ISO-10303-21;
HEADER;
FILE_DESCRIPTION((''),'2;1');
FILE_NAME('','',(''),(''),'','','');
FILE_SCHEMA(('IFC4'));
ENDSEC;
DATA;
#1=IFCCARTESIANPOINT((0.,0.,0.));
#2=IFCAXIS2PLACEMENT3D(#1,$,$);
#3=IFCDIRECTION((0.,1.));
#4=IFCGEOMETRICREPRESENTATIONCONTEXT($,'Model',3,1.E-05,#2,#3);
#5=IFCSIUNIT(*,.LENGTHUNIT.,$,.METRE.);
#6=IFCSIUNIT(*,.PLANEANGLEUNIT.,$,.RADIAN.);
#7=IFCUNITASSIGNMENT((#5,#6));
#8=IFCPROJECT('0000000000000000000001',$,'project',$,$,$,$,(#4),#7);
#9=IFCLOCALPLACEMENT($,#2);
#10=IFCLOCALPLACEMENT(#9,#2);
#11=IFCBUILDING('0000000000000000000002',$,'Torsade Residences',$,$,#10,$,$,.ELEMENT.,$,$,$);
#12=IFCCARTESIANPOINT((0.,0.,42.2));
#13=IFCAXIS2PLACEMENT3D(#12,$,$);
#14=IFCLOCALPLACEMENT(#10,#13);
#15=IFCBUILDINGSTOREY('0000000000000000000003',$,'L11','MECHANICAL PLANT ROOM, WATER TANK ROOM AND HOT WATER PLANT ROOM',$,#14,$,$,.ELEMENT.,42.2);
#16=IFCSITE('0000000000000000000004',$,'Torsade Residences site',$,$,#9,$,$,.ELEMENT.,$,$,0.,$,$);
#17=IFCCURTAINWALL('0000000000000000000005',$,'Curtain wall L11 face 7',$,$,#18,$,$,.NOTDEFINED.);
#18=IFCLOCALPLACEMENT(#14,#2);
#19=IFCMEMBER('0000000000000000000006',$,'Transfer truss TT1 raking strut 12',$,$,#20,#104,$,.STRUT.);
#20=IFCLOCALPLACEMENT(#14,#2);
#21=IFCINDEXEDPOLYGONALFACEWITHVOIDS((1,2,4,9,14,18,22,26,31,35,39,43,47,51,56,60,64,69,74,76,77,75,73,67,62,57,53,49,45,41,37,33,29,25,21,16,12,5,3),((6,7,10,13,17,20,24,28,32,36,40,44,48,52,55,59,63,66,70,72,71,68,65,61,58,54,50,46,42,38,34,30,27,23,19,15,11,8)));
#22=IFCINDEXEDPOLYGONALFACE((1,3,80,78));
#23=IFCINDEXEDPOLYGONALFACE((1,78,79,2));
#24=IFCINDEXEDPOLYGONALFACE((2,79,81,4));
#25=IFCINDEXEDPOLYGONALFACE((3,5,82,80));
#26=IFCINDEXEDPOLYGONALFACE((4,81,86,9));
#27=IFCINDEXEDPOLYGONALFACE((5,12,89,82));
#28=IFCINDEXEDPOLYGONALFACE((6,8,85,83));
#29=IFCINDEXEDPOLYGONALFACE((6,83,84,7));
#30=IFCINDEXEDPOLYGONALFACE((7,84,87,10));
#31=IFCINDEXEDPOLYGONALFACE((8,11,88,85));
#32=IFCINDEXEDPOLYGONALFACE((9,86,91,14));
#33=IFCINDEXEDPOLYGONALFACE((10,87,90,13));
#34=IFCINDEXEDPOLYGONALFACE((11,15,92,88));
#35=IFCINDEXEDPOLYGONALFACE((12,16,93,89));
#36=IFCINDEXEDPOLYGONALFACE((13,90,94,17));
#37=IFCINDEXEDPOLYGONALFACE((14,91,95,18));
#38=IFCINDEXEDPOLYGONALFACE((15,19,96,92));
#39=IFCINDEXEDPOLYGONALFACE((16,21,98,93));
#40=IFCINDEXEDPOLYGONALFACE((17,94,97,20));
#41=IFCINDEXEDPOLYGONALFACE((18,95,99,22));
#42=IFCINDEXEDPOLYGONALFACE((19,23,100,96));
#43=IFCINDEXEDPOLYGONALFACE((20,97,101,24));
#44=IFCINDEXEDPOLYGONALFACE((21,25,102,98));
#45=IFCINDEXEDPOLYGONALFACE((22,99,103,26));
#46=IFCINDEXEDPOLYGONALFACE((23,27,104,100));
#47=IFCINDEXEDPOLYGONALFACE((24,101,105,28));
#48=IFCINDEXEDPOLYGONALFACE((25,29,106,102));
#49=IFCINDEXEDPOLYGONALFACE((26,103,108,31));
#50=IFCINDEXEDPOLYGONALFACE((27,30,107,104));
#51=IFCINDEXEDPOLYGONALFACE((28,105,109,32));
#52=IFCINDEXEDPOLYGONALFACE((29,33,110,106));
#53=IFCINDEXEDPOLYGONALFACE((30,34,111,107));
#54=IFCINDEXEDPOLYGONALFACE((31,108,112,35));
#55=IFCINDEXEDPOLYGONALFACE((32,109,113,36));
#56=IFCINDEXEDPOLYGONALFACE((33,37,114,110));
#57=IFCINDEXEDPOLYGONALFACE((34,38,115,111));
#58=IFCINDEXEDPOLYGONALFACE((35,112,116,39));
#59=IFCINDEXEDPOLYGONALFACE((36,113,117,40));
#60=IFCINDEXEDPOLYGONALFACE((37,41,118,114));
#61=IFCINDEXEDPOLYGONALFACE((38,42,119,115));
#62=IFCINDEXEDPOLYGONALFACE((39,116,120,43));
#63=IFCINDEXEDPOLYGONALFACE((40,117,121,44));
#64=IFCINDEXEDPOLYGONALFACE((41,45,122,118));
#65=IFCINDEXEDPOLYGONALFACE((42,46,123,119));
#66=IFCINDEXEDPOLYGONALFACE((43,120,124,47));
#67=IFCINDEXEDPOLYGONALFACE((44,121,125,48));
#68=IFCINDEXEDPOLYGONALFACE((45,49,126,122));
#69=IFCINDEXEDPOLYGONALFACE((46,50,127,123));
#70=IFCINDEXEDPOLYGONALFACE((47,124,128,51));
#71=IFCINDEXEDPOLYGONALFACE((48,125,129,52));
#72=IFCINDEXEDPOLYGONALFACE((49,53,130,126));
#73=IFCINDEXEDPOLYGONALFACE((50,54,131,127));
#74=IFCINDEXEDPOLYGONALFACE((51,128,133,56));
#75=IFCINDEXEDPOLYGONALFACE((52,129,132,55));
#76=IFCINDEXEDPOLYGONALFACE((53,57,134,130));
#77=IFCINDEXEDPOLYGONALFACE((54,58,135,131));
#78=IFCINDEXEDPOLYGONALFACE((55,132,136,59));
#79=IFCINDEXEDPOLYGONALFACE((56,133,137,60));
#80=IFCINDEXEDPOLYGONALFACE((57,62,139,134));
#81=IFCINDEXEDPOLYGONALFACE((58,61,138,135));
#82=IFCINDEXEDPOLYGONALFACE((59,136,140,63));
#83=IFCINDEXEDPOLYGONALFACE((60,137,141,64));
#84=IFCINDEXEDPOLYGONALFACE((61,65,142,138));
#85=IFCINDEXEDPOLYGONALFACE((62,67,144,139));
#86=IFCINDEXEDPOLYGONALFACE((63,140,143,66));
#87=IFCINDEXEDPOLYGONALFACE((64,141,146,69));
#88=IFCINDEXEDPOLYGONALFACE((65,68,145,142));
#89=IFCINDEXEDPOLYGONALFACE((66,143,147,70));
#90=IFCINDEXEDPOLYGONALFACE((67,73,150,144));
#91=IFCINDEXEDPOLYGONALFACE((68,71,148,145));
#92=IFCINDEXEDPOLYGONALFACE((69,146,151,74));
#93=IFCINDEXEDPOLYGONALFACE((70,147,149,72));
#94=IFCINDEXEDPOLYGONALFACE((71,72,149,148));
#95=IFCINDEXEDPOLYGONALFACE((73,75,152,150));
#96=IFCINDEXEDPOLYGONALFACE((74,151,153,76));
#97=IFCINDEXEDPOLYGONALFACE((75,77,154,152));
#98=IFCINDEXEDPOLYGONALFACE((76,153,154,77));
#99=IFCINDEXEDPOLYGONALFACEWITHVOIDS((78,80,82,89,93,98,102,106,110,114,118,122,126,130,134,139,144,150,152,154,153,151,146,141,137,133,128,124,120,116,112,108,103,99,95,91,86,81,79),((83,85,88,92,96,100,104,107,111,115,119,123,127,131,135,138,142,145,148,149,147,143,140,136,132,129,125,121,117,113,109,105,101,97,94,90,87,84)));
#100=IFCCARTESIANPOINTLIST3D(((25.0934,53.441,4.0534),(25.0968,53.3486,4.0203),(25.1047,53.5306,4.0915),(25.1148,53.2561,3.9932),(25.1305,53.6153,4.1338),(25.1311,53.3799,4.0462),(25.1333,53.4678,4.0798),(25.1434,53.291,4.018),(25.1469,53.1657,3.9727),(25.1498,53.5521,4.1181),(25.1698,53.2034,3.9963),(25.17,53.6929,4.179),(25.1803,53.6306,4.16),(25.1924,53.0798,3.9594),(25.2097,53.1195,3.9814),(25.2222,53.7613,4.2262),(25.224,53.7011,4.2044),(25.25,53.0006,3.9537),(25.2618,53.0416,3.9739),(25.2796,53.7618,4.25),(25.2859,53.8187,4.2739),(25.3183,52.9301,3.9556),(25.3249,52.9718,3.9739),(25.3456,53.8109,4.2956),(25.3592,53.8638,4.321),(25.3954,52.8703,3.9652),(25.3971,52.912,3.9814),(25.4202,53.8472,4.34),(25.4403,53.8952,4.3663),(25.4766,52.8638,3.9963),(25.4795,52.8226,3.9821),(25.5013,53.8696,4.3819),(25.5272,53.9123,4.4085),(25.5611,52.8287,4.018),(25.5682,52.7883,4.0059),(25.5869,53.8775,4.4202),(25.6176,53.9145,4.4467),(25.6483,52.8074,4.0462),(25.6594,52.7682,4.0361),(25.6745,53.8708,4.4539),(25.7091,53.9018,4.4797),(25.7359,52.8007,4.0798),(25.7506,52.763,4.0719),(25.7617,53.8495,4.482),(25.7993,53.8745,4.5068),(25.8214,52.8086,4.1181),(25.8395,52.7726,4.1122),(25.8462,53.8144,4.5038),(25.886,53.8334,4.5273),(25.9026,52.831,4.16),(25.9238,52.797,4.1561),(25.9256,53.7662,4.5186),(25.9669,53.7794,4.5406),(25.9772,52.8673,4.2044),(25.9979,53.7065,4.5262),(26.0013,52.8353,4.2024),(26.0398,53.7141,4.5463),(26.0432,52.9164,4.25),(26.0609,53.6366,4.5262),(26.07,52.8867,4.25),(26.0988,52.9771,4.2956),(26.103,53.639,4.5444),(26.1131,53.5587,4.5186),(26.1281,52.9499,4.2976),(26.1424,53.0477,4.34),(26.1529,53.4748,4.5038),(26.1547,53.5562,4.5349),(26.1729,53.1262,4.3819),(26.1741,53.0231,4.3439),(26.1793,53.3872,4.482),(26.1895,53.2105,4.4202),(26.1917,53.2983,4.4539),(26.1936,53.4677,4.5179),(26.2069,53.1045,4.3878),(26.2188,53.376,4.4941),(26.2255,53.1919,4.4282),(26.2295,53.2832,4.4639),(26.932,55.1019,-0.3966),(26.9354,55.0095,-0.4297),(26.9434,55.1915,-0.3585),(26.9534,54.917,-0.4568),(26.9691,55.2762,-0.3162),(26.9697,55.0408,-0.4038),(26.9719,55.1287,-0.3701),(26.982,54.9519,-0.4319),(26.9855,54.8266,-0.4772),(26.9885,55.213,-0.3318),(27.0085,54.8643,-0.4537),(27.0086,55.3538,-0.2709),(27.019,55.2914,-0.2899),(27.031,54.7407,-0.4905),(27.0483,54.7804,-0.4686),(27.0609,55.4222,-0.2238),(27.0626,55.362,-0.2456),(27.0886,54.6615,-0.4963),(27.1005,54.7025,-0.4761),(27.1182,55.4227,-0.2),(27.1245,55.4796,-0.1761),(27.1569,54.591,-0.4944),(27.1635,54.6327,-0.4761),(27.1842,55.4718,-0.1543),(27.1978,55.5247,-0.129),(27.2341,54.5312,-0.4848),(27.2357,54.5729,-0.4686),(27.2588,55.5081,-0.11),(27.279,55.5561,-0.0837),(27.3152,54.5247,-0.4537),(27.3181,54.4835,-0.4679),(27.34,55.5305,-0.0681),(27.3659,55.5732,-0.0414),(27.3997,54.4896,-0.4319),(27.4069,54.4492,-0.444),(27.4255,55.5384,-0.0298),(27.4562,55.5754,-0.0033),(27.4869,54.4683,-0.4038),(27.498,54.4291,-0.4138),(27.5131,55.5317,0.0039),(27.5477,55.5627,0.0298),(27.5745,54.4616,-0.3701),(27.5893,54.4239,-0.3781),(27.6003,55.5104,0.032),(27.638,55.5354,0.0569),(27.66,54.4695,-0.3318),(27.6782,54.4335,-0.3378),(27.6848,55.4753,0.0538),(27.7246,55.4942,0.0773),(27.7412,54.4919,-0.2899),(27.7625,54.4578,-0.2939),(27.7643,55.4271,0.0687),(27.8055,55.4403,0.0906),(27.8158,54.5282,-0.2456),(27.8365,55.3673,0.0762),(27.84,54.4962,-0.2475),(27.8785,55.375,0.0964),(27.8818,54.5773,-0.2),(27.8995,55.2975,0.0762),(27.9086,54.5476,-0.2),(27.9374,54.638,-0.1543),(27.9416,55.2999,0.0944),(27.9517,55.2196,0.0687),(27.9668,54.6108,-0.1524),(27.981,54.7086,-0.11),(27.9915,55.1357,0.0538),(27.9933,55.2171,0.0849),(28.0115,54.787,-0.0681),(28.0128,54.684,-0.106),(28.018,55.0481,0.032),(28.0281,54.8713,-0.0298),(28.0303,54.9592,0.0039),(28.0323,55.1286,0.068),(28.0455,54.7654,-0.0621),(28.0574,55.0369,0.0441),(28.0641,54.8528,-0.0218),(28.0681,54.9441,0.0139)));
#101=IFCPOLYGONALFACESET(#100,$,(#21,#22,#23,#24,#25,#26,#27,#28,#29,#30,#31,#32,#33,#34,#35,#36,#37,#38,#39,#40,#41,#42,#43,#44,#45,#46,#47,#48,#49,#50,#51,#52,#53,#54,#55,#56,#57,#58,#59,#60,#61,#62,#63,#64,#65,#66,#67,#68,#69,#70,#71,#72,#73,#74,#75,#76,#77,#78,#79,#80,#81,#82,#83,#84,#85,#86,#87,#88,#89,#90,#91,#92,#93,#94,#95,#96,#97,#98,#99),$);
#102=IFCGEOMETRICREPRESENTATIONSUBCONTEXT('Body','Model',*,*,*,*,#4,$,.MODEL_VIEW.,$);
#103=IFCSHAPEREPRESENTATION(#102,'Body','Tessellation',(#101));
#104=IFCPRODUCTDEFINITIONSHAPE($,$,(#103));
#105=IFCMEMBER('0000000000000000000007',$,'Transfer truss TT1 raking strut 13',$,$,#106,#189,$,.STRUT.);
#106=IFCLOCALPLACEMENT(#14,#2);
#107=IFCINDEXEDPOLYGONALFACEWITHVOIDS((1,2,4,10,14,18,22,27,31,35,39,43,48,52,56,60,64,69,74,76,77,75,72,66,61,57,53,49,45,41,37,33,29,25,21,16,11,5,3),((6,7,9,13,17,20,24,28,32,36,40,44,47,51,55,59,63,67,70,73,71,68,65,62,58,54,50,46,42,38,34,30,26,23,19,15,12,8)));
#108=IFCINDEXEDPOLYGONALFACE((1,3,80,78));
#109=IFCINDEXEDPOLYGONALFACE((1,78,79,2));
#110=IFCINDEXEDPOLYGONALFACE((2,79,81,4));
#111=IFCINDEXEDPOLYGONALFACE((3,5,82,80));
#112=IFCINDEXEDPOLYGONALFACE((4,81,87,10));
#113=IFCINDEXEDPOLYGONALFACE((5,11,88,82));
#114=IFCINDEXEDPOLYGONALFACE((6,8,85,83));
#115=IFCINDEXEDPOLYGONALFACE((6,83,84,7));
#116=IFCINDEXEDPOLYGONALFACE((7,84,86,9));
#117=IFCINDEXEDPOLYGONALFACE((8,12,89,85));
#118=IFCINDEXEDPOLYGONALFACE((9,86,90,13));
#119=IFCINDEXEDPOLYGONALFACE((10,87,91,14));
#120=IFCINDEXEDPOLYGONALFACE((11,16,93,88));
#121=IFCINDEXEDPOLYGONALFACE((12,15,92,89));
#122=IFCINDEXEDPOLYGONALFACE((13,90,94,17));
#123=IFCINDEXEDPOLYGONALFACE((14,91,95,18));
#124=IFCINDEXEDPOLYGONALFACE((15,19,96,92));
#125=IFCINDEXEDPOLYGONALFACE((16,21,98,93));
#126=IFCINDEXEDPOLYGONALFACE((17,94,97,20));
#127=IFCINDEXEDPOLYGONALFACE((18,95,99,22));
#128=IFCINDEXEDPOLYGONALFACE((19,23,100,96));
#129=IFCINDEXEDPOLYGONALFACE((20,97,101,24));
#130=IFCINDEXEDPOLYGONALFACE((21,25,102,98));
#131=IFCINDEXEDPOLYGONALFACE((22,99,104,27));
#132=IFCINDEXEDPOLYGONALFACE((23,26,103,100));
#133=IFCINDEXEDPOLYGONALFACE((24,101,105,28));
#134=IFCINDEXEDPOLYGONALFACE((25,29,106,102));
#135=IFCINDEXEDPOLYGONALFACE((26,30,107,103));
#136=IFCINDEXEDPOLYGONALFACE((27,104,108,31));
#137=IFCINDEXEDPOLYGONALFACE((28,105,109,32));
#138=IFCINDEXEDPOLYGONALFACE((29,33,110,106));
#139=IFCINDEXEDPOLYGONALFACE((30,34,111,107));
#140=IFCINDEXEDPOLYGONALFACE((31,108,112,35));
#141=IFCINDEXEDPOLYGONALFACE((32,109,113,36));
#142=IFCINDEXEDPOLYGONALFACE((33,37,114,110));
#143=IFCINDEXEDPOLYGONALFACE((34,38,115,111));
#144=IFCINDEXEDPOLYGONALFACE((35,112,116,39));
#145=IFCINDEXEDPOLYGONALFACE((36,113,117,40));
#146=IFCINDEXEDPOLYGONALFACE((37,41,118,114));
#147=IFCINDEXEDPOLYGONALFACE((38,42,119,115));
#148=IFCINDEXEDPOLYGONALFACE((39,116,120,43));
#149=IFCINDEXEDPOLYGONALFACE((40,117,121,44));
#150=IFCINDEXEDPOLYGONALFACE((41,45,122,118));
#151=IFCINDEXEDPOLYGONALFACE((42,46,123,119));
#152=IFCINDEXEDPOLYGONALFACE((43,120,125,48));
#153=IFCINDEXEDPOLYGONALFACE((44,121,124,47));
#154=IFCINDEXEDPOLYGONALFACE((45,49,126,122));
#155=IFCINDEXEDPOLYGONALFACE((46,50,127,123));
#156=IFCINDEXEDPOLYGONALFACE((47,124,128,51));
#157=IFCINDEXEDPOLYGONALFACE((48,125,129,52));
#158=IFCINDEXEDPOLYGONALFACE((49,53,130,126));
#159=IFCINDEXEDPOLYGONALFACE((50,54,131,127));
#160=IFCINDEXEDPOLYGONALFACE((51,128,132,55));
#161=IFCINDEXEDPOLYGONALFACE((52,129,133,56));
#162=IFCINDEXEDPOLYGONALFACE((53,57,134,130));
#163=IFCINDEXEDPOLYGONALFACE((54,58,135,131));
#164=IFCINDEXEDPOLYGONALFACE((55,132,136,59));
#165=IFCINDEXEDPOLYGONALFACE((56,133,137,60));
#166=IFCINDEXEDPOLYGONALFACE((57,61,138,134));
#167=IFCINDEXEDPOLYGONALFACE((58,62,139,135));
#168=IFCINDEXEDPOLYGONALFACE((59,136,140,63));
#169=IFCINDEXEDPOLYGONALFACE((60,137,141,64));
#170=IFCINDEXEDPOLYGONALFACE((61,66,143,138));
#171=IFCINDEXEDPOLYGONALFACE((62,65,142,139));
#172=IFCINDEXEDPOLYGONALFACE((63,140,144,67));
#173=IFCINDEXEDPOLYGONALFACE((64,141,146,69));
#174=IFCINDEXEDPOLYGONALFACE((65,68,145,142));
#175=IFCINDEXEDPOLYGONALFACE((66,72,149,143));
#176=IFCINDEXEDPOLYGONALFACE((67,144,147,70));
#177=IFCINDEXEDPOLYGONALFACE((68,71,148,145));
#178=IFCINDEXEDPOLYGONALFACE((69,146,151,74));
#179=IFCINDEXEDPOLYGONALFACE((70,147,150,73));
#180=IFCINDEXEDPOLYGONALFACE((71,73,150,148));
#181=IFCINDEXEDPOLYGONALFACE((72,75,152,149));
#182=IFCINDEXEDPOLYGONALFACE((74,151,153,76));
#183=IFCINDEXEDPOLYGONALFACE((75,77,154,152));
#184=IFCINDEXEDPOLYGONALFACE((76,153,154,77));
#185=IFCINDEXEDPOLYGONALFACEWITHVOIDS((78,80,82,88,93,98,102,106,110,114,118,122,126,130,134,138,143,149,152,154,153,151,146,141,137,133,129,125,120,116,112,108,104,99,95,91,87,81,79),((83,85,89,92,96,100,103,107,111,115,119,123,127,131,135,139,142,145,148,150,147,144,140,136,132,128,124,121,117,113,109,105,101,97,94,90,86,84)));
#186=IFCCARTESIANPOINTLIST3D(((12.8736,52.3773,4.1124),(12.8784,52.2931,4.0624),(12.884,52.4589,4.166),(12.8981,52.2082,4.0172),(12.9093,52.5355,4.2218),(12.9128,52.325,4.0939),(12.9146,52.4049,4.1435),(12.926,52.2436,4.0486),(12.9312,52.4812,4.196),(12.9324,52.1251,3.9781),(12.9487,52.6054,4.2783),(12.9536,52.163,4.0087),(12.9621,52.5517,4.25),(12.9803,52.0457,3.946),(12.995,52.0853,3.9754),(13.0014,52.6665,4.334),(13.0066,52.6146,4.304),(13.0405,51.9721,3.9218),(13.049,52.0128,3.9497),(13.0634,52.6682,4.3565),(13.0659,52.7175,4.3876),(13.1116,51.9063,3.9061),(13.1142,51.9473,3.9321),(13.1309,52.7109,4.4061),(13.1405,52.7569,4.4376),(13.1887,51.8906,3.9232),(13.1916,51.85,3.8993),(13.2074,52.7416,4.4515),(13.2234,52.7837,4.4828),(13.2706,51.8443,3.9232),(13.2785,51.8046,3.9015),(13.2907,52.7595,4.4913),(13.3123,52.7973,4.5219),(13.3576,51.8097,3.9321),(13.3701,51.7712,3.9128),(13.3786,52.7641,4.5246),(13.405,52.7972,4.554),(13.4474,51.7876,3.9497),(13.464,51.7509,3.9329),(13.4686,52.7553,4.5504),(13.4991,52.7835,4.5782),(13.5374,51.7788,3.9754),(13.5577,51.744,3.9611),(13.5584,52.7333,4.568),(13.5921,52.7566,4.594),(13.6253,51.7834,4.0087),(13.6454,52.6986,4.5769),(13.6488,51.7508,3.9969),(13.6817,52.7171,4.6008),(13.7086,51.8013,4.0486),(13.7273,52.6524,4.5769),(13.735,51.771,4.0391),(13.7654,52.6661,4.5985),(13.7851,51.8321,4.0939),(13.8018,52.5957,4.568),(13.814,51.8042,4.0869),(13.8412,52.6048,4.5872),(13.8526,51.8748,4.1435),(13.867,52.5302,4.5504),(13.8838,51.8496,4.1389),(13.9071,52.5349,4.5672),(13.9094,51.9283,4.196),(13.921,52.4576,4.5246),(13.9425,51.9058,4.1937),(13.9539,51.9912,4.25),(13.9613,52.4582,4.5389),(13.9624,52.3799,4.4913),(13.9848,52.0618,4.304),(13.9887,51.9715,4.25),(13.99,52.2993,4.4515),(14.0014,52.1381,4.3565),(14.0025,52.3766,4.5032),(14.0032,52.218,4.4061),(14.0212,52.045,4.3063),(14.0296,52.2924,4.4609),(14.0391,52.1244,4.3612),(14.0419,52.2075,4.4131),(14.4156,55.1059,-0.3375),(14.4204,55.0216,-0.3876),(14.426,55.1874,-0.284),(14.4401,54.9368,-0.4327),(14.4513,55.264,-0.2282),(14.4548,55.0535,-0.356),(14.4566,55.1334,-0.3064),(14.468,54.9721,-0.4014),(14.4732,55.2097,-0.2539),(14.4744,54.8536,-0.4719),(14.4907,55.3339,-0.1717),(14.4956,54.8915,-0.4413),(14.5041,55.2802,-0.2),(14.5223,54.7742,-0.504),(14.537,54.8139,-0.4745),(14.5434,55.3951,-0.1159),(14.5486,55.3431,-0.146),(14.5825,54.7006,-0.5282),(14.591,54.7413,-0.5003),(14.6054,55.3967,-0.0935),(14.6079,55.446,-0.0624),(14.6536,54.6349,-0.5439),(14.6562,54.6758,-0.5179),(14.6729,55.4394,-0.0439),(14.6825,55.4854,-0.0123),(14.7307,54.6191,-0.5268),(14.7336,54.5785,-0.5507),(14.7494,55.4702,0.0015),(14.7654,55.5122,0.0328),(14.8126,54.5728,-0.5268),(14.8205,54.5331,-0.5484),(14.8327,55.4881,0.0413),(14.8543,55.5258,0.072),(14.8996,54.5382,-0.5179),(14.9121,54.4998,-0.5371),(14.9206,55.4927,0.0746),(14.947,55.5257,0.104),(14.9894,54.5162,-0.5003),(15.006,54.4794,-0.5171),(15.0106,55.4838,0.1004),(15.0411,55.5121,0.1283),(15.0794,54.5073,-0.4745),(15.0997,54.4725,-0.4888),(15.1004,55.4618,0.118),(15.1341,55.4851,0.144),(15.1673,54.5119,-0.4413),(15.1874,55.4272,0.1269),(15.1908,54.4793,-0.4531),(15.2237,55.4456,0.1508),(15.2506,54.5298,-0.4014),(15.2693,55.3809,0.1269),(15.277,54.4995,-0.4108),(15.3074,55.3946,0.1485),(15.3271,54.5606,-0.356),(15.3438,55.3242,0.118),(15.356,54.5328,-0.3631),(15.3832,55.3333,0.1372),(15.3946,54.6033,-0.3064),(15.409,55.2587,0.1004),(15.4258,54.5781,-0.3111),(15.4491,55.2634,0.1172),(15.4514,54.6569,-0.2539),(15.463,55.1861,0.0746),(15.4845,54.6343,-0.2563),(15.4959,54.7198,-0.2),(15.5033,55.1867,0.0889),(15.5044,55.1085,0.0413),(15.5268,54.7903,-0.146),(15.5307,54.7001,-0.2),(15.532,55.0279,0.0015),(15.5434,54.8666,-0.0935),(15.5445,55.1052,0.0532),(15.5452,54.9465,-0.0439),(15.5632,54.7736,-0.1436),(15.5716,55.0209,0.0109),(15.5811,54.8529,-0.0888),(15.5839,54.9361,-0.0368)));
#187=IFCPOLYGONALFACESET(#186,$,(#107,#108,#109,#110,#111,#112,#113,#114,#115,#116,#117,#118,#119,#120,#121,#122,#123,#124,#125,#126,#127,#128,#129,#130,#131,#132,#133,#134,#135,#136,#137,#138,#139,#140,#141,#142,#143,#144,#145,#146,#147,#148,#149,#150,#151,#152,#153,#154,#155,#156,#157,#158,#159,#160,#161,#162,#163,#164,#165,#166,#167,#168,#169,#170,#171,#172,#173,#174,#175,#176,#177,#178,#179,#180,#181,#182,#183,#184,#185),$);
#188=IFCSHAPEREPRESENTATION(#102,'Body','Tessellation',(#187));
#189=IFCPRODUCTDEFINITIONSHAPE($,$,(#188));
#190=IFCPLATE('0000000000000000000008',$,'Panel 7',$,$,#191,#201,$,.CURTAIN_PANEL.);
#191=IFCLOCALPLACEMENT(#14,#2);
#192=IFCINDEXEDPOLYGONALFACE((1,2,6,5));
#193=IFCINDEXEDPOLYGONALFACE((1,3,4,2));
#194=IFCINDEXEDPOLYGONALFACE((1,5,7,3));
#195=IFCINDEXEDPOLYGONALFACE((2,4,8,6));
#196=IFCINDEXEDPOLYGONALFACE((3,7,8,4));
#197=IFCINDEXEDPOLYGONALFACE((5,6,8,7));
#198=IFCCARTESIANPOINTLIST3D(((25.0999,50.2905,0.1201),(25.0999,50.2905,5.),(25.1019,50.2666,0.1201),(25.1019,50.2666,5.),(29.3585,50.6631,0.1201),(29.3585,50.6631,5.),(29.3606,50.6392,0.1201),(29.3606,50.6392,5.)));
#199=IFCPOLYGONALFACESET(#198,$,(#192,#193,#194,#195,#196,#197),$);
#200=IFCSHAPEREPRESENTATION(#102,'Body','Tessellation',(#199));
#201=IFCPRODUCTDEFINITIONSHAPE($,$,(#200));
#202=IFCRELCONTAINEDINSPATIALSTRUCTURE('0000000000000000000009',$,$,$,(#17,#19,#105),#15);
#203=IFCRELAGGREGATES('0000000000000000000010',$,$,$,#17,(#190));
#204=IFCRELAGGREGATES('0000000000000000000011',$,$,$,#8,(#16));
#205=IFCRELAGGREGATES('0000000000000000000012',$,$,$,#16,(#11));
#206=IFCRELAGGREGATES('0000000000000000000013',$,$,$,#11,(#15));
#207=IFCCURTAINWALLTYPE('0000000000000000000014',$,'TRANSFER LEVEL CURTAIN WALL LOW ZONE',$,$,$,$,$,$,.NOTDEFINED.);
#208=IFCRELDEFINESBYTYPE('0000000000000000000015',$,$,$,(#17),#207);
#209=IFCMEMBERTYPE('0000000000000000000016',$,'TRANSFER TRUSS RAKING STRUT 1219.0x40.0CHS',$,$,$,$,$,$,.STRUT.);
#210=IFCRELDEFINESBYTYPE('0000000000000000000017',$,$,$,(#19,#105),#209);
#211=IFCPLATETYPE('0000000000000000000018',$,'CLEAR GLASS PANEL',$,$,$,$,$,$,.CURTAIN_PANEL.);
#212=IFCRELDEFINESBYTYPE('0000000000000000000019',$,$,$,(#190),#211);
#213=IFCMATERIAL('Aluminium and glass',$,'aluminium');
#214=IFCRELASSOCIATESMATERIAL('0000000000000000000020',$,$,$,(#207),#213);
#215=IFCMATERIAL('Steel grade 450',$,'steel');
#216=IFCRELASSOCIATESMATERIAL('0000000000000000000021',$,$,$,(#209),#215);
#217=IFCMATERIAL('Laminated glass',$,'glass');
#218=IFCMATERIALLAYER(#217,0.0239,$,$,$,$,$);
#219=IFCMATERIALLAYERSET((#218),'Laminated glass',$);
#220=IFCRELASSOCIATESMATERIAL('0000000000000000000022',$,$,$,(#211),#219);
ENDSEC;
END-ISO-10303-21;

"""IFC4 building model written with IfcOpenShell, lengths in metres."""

from ifc_helpers import new_model, si_unit, direction, frame, origin, origin_2d, place, context, subcontext, project, spatial, rectangle, hollow_circle, extrude, material, layer, layer_set, material_profile, profile_set, type_object, element, aggregate, save


model = new_model("IFC4")

# Units and contexts
model_context = context("Model", 3, precision=1e-05, world=origin(), true_north=direction((0.0, 1.0)))
body_context = subcontext(model_context, "Body", "Model", "MODEL_VIEW")
ifc_project = project(units=[si_unit("LENGTHUNIT", "METRE"), si_unit("PLANEANGLEUNIT", "RADIAN")], contexts=[model_context])

# Site, building, storey
site_placement = place(None, origin())
site = spatial("IfcSite", under=ifc_project, at=site_placement, Name="Torsade Residences site", CompositionType="ELEMENT", RefElevation=0.0)
building_placement = place(site_placement, origin())
building = spatial("IfcBuilding", under=site, at=building_placement, Name="Torsade Residences", CompositionType="ELEMENT")
storey_placement = place(building_placement, frame((0.0, 0.0, 42.2)))
storey = spatial("IfcBuildingStorey", under=building, at=storey_placement, Name="L11", Description="MECHANICAL PLANT ROOM, WATER TANK ROOM AND HOT WATER PLANT ROOM", CompositionType="ELEMENT", Elevation=42.2)

# Curtain wall
ifc_material_1 = material(Name="Aluminium and glass", Category="aluminium")
curtain_wall_type = type_object("IfcCurtainWallType", Name="TRANSFER LEVEL CURTAIN WALL LOW ZONE", PredefinedType="NOTDEFINED", material=ifc_material_1)
curtain_wall_1_placement = place(storey_placement, origin())
curtain_wall_1 = element("IfcCurtainWall", 1, at=curtain_wall_1_placement, inside=storey, type_object=curtain_wall_type, Name="Curtain wall L11 face 7", PredefinedType="NOTDEFINED")

# Members
ifc_material_2 = material(Name="Steel grade 450", Category="steel")
ifc_material_profile_1 = material_profile(ifc_material_2, hollow_circle(Radius=0.6096, WallThickness=0.04, at=origin_2d()), Name="1219.0x40.0CHS")
ifc_profile_set_1 = profile_set([ifc_material_profile_1], Name="Steel grade 450")
member_type_1 = type_object("IfcMemberType", Name="TRANSFER TRUSS RAKING STRUT 1219.0x40.0CHS", PredefinedType="STRUT", material=ifc_profile_set_1)
member_1_placement = place(storey_placement, frame((27.5, 55.0, -0.2), z_axis=(-0.360992, -0.326096, 0.873697), x_axis=(0.67033, -0.742063, 0.0)))
element("IfcMember", 2, at=member_1_placement, inside=storey, type_object=member_type_1, Name="Transfer truss TT1 raking strut 12", PredefinedType="STRUT", context=body_context, shape_type="SweptSolid", body=[
    extrude(hollow_circle(Radius=0.6096, WallThickness=0.04, at=origin_2d()), origin(), (0.0, 0.0, 1.0), 5.0933),
])
member_2_placement = place(storey_placement, frame((15.0, 55.0, -0.2), z_axis=(-0.283306, -0.501303, 0.817578), x_axis=(0.870592, -0.492006, 0.0)))
element("IfcMember", 3, at=member_2_placement, inside=storey, type_object=member_type_1, Name="Transfer truss TT1 raking strut 13", PredefinedType="STRUT", context=body_context, shape_type="SweptSolid", body=[
    extrude(hollow_circle(Radius=0.6096, WallThickness=0.04, at=origin_2d()), origin(), (0.0, 0.0, 1.0), 5.4429),
])

# Plate
ifc_material_3 = material(Name="Laminated glass", Category="glass")
ifc_layer_1 = layer(ifc_material_3, 0.0239)
ifc_layer_set_1 = layer_set([ifc_layer_1], Name="Laminated glass")
plate_type = type_object("IfcPlateType", Name="CLEAR GLASS PANEL", PredefinedType="CURTAIN_PANEL", material=ifc_layer_set_1)
plate_1_placement = place(storey_placement, frame((27.2302, 50.4648, 0.1201), z_axis=(0.0, 0.0, 1.0), x_axis=(-0.996195, -0.087156, 0.0)))
plate_1 = element("IfcPlate", 4, at=plate_1_placement, type_object=plate_type, Name="Panel 7", PredefinedType="CURTAIN_PANEL", context=body_context, shape_type="SweptSolid", body=[
    extrude(rectangle(XDim=4.2749, YDim=0.0239, at=origin_2d()), origin(), (0.0, 0.0, 1.0), 4.8799),
])
aggregate(curtain_wall_1, [plate_1])

save(model, "model.ifc")
